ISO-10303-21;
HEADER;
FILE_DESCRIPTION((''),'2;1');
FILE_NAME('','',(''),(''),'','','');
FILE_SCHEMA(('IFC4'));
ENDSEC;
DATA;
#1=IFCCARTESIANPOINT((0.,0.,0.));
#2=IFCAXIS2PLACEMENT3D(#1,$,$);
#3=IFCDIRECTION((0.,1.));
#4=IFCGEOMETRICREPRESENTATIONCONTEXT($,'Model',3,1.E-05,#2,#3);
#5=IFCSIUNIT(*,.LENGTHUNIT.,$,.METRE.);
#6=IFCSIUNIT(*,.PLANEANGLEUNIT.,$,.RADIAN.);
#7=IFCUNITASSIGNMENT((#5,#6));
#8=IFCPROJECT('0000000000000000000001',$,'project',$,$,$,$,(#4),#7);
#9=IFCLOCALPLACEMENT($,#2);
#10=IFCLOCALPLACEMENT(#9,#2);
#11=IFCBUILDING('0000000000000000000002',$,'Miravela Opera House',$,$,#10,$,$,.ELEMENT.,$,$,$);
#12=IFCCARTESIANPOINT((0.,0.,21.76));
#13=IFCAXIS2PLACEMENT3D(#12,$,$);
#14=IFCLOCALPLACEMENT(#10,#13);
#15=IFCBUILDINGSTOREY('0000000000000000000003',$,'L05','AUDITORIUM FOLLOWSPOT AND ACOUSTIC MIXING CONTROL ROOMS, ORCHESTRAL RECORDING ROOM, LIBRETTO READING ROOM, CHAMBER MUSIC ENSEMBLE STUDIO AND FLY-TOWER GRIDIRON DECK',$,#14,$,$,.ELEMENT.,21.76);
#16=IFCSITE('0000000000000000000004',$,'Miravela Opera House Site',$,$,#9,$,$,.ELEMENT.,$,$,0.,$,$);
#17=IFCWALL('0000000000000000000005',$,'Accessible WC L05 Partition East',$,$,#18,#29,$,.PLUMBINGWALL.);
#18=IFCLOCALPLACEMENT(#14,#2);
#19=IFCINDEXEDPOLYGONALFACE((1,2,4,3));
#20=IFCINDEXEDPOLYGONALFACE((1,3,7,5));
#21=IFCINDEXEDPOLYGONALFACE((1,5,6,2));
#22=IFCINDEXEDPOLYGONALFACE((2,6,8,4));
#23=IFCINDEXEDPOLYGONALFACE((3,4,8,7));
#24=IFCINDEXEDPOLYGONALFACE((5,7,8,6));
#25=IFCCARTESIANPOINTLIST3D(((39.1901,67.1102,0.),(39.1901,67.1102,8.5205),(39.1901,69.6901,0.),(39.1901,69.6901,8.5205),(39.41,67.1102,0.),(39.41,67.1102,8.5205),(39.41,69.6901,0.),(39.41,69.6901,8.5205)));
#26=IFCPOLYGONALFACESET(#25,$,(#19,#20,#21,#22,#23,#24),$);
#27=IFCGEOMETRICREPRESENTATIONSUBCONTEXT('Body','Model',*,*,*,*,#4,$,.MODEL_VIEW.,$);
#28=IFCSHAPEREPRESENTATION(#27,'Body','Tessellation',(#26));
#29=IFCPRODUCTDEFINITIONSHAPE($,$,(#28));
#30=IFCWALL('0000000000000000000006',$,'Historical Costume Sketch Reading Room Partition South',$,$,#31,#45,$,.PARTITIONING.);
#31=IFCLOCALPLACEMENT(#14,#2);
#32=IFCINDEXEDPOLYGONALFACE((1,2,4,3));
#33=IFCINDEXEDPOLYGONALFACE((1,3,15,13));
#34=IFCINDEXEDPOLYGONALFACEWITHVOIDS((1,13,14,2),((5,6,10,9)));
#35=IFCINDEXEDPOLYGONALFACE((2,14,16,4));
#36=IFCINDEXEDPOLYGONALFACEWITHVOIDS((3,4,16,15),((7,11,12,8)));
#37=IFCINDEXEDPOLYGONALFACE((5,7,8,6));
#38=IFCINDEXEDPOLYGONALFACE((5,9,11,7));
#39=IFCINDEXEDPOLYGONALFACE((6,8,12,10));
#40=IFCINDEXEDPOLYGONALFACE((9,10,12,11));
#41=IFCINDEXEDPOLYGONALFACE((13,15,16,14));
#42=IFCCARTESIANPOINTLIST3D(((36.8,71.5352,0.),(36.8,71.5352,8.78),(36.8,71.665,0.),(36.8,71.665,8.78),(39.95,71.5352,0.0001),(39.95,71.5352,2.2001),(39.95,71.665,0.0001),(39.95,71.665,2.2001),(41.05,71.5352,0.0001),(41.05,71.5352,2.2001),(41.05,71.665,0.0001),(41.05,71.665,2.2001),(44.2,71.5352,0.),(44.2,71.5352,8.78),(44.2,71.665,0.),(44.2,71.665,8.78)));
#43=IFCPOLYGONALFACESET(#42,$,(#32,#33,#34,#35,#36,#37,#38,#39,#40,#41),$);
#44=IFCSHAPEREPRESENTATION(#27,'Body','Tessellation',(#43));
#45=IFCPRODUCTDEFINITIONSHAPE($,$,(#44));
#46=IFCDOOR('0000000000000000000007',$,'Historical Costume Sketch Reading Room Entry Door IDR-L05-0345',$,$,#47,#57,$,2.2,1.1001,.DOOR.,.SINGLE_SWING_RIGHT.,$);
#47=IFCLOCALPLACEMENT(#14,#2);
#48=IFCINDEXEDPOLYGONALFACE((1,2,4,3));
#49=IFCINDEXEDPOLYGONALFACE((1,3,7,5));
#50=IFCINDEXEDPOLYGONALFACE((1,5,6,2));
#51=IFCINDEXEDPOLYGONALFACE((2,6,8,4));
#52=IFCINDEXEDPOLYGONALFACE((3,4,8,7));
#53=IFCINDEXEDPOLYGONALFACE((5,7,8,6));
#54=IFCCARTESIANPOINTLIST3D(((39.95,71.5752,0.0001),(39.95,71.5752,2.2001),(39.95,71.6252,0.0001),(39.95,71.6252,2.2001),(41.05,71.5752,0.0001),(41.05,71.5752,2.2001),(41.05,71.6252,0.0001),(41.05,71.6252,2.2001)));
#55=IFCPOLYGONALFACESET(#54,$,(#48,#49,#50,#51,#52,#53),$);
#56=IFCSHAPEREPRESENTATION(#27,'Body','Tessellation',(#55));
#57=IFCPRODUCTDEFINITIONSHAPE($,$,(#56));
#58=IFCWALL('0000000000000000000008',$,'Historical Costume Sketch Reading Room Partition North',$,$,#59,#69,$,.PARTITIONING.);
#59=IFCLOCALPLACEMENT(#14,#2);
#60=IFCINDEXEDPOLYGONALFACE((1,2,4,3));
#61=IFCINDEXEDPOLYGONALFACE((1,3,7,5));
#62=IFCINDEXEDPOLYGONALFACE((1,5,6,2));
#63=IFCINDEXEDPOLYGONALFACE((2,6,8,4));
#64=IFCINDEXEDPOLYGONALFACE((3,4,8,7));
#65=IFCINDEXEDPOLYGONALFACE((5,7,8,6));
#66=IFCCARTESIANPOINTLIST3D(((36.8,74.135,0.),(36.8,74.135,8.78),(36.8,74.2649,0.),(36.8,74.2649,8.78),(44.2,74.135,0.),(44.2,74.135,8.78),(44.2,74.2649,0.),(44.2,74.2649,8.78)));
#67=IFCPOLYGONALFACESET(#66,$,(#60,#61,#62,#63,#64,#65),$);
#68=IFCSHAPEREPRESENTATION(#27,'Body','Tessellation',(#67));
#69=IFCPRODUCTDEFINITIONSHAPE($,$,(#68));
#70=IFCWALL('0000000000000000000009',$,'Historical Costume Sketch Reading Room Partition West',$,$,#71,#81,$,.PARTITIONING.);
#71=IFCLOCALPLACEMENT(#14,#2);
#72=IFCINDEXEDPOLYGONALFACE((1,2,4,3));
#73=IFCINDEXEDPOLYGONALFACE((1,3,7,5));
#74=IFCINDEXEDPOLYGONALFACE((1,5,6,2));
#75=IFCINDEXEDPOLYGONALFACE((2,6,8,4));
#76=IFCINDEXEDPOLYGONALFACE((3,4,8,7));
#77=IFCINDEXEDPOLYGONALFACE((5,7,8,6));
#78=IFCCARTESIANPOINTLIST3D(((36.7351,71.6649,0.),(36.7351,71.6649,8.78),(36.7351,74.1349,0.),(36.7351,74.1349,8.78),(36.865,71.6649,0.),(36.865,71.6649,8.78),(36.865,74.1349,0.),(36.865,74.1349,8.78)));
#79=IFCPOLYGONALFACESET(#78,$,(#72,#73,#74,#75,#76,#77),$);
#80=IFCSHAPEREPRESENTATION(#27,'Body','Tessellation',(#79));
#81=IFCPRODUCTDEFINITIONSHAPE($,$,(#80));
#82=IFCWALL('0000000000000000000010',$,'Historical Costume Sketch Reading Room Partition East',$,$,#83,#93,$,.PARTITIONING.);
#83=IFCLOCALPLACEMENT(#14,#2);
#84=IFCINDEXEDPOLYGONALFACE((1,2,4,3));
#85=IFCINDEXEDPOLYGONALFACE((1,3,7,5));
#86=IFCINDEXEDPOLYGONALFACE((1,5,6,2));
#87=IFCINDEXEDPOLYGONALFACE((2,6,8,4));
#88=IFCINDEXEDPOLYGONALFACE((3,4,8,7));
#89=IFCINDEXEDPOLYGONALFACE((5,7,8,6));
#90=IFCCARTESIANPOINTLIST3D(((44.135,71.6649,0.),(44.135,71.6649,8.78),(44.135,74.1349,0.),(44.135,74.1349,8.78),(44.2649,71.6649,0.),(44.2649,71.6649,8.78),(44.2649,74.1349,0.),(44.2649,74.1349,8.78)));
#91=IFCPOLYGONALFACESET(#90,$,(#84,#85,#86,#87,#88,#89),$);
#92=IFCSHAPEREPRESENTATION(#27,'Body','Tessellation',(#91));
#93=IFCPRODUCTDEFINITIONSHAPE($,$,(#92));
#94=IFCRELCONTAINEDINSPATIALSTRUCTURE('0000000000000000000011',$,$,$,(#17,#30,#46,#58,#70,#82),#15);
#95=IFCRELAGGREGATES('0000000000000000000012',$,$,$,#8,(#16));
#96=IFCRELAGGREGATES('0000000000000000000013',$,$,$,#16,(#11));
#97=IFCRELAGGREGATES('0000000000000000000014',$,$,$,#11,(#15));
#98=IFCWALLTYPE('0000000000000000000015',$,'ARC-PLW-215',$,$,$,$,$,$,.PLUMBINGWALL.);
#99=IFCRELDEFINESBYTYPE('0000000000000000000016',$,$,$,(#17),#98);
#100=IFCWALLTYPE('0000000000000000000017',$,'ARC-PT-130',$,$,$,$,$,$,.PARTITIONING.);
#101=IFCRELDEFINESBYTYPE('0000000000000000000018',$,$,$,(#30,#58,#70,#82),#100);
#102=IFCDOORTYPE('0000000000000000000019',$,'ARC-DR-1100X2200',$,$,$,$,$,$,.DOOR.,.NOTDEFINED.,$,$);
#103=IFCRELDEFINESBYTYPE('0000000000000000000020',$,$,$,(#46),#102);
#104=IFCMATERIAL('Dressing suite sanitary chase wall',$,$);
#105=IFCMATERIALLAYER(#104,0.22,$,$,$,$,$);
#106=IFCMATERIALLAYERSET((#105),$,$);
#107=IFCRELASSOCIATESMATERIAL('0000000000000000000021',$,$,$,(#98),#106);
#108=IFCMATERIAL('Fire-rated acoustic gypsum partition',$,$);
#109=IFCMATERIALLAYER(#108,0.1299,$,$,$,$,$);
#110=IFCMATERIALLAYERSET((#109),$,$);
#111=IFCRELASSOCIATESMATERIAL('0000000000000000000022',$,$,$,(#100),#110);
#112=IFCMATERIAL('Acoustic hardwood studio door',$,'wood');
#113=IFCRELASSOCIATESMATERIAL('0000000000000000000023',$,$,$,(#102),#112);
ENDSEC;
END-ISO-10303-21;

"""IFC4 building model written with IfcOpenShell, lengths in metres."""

from ifc_helpers import new_model, si_unit, direction, frame, frame_2d, origin, place, context, subcontext, project, spatial, rectangle, extrude, material, layer, layer_set, type_object, element, fill, save


model = new_model("IFC4")

# Units and contexts
model_context = context("Model", 3, precision=1e-05, world=origin(), true_north=direction((0.0, 1.0)))
body_context = subcontext(model_context, "Body", "Model", "MODEL_VIEW")
ifc_project = project(units=[si_unit("LENGTHUNIT", "METRE"), si_unit("PLANEANGLEUNIT", "RADIAN")], contexts=[model_context])

# Site, building, storey
site_placement = place(None, origin())
site = spatial("IfcSite", under=ifc_project, at=site_placement, Name="Miravela Opera House Site", CompositionType="ELEMENT", RefElevation=0.0)
building_placement = place(site_placement, origin())
building = spatial("IfcBuilding", under=site, at=building_placement, Name="Miravela Opera House", CompositionType="ELEMENT")
storey_placement = place(building_placement, frame((0.0, 0.0, 21.76)))
storey = spatial("IfcBuildingStorey", under=building, at=storey_placement, Name="L05", Description="AUDITORIUM FOLLOWSPOT AND ACOUSTIC MIXING CONTROL ROOMS, ORCHESTRAL RECORDING ROOM, LIBRETTO READING ROOM, CHAMBER MUSIC ENSEMBLE STUDIO AND FLY-TOWER GRIDIRON DECK", CompositionType="ELEMENT", Elevation=21.76)

# Wall
ifc_material_1 = material(Name="Dressing suite sanitary chase wall")
ifc_layer_1 = layer(ifc_material_1, 0.22)
ifc_layer_set_1 = layer_set([ifc_layer_1])
wall_type_1 = type_object("IfcWallType", Name="ARC-PLW-215", PredefinedType="PLUMBINGWALL", material=ifc_layer_set_1)
for number, where, z_axis, x_axis, name in (
    (1, (39.3, 67.1101, 0.0), (0.0, 0.0, 1.0), (0.0, 1.0, 0.0), "Accessible WC L05 Partition East"),
):
    element("IfcWall", number, at=place(storey_placement, frame(where, z_axis=z_axis, x_axis=x_axis)), inside=storey, type_object=wall_type_1, Name=name, PredefinedType="PLUMBINGWALL", context=body_context, shape_type="SweptSolid", body=[
        extrude(rectangle(XDim=2.5798, YDim=0.22, at=frame_2d((1.29, 0.0))), origin(), (0.0, 0.0, 1.0), 8.5205),
    ])

# Wall, opening, door
ifc_material_2 = material(Name="Fire-rated acoustic gypsum partition")
ifc_layer_2 = layer(ifc_material_2, 0.1299)
ifc_layer_set_2 = layer_set([ifc_layer_2])
wall_type_2 = type_object("IfcWallType", Name="ARC-PT-130", PredefinedType="PARTITIONING", material=ifc_layer_set_2)
wall_1_placement = place(storey_placement, frame((36.8, 71.6001, 0.0), z_axis=(0.0, 0.0, 1.0), x_axis=(1.0, 0.0, 0.0)))
wall_1 = element("IfcWall", 2, at=wall_1_placement, inside=storey, type_object=wall_type_2, Name="Historical Costume Sketch Reading Room Partition South", PredefinedType="PARTITIONING", context=body_context, shape_type="SweptSolid", body=[
    extrude(rectangle(XDim=7.3999, YDim=0.1299, at=frame_2d((3.7, 0.0))), origin(), (0.0, 0.0, 1.0), 8.78),
])
opening_placement = place(wall_1_placement, frame((3.1499, 0.0, 0.0)))
opening = element("IfcOpeningElement", 3, at=opening_placement, cuts=wall_1, PredefinedType="OPENING", context=body_context, shape_type="SweptSolid", body=[
    extrude(rectangle(XDim=1.1001, YDim=2.2, at=frame_2d((0.55, 1.1001))), frame((0.0, 0.075, 0.0), z_axis=(0.0, -1.0, 0.0), x_axis=(1.0, 0.0, 0.0)), (0.0, 0.0, 1.0), 0.1499),
])
ifc_material_3 = material(Name="Acoustic hardwood studio door", Category="wood")
door_type = type_object("IfcDoorType", Name="ARC-DR-1100X2200", OperationType="NOTDEFINED", PredefinedType="DOOR", material=ifc_material_3)
door_placement = place(opening_placement, frame((1.1001, 0.0, 0.0), z_axis=(0.0, 0.0, 1.0), x_axis=(-1.0, 0.0, 0.0)))
door = element("IfcDoor", 4, at=door_placement, inside=storey, type_object=door_type, Name="Historical Costume Sketch Reading Room Entry Door IDR-L05-0345", OperationType="SINGLE_SWING_RIGHT", OverallHeight=2.2, OverallWidth=1.1001, PredefinedType="DOOR", context=body_context, shape_type="SweptSolid", body=[
    extrude(rectangle(XDim=1.1001, YDim=2.2, at=frame_2d((0.55, 1.1001))), frame((0.0, 0.0249, 0.0), z_axis=(0.0, -1.0, 0.0), x_axis=(1.0, 0.0, 0.0)), (0.0, 0.0, 1.0), 0.05),
])
fill(opening, door)

# Walls
wall_2_placement = place(storey_placement, frame((36.8, 74.2, 0.0), z_axis=(0.0, 0.0, 1.0), x_axis=(1.0, 0.0, 0.0)))
element("IfcWall", 5, at=wall_2_placement, inside=storey, type_object=wall_type_2, Name="Historical Costume Sketch Reading Room Partition North", PredefinedType="PARTITIONING", context=body_context, shape_type="SweptSolid", body=[
    extrude(rectangle(XDim=7.3999, YDim=0.1299, at=frame_2d((3.7, 0.0))), origin(), (0.0, 0.0, 1.0), 8.78),
])
for number, where, z_axis, x_axis, name in (
    (6, (36.8, 71.665, 0.0), (0.0, 0.0, 1.0), (0.0, 1.0, 0.0), "Historical Costume Sketch Reading Room Partition West"),
    (7, (44.2, 71.665, 0.0), (0.0, 0.0, 1.0), (0.0, 1.0, 0.0), "Historical Costume Sketch Reading Room Partition East"),
):
    element("IfcWall", number, at=place(storey_placement, frame(where, z_axis=z_axis, x_axis=x_axis)), inside=storey, type_object=wall_type_2, Name=name, PredefinedType="PARTITIONING", context=body_context, shape_type="SweptSolid", body=[
        extrude(rectangle(XDim=2.47, YDim=0.1299, at=frame_2d((1.2349, 0.0))), origin(), (0.0, 0.0, 1.0), 8.78),
    ])

save(model, "model.ifc")
